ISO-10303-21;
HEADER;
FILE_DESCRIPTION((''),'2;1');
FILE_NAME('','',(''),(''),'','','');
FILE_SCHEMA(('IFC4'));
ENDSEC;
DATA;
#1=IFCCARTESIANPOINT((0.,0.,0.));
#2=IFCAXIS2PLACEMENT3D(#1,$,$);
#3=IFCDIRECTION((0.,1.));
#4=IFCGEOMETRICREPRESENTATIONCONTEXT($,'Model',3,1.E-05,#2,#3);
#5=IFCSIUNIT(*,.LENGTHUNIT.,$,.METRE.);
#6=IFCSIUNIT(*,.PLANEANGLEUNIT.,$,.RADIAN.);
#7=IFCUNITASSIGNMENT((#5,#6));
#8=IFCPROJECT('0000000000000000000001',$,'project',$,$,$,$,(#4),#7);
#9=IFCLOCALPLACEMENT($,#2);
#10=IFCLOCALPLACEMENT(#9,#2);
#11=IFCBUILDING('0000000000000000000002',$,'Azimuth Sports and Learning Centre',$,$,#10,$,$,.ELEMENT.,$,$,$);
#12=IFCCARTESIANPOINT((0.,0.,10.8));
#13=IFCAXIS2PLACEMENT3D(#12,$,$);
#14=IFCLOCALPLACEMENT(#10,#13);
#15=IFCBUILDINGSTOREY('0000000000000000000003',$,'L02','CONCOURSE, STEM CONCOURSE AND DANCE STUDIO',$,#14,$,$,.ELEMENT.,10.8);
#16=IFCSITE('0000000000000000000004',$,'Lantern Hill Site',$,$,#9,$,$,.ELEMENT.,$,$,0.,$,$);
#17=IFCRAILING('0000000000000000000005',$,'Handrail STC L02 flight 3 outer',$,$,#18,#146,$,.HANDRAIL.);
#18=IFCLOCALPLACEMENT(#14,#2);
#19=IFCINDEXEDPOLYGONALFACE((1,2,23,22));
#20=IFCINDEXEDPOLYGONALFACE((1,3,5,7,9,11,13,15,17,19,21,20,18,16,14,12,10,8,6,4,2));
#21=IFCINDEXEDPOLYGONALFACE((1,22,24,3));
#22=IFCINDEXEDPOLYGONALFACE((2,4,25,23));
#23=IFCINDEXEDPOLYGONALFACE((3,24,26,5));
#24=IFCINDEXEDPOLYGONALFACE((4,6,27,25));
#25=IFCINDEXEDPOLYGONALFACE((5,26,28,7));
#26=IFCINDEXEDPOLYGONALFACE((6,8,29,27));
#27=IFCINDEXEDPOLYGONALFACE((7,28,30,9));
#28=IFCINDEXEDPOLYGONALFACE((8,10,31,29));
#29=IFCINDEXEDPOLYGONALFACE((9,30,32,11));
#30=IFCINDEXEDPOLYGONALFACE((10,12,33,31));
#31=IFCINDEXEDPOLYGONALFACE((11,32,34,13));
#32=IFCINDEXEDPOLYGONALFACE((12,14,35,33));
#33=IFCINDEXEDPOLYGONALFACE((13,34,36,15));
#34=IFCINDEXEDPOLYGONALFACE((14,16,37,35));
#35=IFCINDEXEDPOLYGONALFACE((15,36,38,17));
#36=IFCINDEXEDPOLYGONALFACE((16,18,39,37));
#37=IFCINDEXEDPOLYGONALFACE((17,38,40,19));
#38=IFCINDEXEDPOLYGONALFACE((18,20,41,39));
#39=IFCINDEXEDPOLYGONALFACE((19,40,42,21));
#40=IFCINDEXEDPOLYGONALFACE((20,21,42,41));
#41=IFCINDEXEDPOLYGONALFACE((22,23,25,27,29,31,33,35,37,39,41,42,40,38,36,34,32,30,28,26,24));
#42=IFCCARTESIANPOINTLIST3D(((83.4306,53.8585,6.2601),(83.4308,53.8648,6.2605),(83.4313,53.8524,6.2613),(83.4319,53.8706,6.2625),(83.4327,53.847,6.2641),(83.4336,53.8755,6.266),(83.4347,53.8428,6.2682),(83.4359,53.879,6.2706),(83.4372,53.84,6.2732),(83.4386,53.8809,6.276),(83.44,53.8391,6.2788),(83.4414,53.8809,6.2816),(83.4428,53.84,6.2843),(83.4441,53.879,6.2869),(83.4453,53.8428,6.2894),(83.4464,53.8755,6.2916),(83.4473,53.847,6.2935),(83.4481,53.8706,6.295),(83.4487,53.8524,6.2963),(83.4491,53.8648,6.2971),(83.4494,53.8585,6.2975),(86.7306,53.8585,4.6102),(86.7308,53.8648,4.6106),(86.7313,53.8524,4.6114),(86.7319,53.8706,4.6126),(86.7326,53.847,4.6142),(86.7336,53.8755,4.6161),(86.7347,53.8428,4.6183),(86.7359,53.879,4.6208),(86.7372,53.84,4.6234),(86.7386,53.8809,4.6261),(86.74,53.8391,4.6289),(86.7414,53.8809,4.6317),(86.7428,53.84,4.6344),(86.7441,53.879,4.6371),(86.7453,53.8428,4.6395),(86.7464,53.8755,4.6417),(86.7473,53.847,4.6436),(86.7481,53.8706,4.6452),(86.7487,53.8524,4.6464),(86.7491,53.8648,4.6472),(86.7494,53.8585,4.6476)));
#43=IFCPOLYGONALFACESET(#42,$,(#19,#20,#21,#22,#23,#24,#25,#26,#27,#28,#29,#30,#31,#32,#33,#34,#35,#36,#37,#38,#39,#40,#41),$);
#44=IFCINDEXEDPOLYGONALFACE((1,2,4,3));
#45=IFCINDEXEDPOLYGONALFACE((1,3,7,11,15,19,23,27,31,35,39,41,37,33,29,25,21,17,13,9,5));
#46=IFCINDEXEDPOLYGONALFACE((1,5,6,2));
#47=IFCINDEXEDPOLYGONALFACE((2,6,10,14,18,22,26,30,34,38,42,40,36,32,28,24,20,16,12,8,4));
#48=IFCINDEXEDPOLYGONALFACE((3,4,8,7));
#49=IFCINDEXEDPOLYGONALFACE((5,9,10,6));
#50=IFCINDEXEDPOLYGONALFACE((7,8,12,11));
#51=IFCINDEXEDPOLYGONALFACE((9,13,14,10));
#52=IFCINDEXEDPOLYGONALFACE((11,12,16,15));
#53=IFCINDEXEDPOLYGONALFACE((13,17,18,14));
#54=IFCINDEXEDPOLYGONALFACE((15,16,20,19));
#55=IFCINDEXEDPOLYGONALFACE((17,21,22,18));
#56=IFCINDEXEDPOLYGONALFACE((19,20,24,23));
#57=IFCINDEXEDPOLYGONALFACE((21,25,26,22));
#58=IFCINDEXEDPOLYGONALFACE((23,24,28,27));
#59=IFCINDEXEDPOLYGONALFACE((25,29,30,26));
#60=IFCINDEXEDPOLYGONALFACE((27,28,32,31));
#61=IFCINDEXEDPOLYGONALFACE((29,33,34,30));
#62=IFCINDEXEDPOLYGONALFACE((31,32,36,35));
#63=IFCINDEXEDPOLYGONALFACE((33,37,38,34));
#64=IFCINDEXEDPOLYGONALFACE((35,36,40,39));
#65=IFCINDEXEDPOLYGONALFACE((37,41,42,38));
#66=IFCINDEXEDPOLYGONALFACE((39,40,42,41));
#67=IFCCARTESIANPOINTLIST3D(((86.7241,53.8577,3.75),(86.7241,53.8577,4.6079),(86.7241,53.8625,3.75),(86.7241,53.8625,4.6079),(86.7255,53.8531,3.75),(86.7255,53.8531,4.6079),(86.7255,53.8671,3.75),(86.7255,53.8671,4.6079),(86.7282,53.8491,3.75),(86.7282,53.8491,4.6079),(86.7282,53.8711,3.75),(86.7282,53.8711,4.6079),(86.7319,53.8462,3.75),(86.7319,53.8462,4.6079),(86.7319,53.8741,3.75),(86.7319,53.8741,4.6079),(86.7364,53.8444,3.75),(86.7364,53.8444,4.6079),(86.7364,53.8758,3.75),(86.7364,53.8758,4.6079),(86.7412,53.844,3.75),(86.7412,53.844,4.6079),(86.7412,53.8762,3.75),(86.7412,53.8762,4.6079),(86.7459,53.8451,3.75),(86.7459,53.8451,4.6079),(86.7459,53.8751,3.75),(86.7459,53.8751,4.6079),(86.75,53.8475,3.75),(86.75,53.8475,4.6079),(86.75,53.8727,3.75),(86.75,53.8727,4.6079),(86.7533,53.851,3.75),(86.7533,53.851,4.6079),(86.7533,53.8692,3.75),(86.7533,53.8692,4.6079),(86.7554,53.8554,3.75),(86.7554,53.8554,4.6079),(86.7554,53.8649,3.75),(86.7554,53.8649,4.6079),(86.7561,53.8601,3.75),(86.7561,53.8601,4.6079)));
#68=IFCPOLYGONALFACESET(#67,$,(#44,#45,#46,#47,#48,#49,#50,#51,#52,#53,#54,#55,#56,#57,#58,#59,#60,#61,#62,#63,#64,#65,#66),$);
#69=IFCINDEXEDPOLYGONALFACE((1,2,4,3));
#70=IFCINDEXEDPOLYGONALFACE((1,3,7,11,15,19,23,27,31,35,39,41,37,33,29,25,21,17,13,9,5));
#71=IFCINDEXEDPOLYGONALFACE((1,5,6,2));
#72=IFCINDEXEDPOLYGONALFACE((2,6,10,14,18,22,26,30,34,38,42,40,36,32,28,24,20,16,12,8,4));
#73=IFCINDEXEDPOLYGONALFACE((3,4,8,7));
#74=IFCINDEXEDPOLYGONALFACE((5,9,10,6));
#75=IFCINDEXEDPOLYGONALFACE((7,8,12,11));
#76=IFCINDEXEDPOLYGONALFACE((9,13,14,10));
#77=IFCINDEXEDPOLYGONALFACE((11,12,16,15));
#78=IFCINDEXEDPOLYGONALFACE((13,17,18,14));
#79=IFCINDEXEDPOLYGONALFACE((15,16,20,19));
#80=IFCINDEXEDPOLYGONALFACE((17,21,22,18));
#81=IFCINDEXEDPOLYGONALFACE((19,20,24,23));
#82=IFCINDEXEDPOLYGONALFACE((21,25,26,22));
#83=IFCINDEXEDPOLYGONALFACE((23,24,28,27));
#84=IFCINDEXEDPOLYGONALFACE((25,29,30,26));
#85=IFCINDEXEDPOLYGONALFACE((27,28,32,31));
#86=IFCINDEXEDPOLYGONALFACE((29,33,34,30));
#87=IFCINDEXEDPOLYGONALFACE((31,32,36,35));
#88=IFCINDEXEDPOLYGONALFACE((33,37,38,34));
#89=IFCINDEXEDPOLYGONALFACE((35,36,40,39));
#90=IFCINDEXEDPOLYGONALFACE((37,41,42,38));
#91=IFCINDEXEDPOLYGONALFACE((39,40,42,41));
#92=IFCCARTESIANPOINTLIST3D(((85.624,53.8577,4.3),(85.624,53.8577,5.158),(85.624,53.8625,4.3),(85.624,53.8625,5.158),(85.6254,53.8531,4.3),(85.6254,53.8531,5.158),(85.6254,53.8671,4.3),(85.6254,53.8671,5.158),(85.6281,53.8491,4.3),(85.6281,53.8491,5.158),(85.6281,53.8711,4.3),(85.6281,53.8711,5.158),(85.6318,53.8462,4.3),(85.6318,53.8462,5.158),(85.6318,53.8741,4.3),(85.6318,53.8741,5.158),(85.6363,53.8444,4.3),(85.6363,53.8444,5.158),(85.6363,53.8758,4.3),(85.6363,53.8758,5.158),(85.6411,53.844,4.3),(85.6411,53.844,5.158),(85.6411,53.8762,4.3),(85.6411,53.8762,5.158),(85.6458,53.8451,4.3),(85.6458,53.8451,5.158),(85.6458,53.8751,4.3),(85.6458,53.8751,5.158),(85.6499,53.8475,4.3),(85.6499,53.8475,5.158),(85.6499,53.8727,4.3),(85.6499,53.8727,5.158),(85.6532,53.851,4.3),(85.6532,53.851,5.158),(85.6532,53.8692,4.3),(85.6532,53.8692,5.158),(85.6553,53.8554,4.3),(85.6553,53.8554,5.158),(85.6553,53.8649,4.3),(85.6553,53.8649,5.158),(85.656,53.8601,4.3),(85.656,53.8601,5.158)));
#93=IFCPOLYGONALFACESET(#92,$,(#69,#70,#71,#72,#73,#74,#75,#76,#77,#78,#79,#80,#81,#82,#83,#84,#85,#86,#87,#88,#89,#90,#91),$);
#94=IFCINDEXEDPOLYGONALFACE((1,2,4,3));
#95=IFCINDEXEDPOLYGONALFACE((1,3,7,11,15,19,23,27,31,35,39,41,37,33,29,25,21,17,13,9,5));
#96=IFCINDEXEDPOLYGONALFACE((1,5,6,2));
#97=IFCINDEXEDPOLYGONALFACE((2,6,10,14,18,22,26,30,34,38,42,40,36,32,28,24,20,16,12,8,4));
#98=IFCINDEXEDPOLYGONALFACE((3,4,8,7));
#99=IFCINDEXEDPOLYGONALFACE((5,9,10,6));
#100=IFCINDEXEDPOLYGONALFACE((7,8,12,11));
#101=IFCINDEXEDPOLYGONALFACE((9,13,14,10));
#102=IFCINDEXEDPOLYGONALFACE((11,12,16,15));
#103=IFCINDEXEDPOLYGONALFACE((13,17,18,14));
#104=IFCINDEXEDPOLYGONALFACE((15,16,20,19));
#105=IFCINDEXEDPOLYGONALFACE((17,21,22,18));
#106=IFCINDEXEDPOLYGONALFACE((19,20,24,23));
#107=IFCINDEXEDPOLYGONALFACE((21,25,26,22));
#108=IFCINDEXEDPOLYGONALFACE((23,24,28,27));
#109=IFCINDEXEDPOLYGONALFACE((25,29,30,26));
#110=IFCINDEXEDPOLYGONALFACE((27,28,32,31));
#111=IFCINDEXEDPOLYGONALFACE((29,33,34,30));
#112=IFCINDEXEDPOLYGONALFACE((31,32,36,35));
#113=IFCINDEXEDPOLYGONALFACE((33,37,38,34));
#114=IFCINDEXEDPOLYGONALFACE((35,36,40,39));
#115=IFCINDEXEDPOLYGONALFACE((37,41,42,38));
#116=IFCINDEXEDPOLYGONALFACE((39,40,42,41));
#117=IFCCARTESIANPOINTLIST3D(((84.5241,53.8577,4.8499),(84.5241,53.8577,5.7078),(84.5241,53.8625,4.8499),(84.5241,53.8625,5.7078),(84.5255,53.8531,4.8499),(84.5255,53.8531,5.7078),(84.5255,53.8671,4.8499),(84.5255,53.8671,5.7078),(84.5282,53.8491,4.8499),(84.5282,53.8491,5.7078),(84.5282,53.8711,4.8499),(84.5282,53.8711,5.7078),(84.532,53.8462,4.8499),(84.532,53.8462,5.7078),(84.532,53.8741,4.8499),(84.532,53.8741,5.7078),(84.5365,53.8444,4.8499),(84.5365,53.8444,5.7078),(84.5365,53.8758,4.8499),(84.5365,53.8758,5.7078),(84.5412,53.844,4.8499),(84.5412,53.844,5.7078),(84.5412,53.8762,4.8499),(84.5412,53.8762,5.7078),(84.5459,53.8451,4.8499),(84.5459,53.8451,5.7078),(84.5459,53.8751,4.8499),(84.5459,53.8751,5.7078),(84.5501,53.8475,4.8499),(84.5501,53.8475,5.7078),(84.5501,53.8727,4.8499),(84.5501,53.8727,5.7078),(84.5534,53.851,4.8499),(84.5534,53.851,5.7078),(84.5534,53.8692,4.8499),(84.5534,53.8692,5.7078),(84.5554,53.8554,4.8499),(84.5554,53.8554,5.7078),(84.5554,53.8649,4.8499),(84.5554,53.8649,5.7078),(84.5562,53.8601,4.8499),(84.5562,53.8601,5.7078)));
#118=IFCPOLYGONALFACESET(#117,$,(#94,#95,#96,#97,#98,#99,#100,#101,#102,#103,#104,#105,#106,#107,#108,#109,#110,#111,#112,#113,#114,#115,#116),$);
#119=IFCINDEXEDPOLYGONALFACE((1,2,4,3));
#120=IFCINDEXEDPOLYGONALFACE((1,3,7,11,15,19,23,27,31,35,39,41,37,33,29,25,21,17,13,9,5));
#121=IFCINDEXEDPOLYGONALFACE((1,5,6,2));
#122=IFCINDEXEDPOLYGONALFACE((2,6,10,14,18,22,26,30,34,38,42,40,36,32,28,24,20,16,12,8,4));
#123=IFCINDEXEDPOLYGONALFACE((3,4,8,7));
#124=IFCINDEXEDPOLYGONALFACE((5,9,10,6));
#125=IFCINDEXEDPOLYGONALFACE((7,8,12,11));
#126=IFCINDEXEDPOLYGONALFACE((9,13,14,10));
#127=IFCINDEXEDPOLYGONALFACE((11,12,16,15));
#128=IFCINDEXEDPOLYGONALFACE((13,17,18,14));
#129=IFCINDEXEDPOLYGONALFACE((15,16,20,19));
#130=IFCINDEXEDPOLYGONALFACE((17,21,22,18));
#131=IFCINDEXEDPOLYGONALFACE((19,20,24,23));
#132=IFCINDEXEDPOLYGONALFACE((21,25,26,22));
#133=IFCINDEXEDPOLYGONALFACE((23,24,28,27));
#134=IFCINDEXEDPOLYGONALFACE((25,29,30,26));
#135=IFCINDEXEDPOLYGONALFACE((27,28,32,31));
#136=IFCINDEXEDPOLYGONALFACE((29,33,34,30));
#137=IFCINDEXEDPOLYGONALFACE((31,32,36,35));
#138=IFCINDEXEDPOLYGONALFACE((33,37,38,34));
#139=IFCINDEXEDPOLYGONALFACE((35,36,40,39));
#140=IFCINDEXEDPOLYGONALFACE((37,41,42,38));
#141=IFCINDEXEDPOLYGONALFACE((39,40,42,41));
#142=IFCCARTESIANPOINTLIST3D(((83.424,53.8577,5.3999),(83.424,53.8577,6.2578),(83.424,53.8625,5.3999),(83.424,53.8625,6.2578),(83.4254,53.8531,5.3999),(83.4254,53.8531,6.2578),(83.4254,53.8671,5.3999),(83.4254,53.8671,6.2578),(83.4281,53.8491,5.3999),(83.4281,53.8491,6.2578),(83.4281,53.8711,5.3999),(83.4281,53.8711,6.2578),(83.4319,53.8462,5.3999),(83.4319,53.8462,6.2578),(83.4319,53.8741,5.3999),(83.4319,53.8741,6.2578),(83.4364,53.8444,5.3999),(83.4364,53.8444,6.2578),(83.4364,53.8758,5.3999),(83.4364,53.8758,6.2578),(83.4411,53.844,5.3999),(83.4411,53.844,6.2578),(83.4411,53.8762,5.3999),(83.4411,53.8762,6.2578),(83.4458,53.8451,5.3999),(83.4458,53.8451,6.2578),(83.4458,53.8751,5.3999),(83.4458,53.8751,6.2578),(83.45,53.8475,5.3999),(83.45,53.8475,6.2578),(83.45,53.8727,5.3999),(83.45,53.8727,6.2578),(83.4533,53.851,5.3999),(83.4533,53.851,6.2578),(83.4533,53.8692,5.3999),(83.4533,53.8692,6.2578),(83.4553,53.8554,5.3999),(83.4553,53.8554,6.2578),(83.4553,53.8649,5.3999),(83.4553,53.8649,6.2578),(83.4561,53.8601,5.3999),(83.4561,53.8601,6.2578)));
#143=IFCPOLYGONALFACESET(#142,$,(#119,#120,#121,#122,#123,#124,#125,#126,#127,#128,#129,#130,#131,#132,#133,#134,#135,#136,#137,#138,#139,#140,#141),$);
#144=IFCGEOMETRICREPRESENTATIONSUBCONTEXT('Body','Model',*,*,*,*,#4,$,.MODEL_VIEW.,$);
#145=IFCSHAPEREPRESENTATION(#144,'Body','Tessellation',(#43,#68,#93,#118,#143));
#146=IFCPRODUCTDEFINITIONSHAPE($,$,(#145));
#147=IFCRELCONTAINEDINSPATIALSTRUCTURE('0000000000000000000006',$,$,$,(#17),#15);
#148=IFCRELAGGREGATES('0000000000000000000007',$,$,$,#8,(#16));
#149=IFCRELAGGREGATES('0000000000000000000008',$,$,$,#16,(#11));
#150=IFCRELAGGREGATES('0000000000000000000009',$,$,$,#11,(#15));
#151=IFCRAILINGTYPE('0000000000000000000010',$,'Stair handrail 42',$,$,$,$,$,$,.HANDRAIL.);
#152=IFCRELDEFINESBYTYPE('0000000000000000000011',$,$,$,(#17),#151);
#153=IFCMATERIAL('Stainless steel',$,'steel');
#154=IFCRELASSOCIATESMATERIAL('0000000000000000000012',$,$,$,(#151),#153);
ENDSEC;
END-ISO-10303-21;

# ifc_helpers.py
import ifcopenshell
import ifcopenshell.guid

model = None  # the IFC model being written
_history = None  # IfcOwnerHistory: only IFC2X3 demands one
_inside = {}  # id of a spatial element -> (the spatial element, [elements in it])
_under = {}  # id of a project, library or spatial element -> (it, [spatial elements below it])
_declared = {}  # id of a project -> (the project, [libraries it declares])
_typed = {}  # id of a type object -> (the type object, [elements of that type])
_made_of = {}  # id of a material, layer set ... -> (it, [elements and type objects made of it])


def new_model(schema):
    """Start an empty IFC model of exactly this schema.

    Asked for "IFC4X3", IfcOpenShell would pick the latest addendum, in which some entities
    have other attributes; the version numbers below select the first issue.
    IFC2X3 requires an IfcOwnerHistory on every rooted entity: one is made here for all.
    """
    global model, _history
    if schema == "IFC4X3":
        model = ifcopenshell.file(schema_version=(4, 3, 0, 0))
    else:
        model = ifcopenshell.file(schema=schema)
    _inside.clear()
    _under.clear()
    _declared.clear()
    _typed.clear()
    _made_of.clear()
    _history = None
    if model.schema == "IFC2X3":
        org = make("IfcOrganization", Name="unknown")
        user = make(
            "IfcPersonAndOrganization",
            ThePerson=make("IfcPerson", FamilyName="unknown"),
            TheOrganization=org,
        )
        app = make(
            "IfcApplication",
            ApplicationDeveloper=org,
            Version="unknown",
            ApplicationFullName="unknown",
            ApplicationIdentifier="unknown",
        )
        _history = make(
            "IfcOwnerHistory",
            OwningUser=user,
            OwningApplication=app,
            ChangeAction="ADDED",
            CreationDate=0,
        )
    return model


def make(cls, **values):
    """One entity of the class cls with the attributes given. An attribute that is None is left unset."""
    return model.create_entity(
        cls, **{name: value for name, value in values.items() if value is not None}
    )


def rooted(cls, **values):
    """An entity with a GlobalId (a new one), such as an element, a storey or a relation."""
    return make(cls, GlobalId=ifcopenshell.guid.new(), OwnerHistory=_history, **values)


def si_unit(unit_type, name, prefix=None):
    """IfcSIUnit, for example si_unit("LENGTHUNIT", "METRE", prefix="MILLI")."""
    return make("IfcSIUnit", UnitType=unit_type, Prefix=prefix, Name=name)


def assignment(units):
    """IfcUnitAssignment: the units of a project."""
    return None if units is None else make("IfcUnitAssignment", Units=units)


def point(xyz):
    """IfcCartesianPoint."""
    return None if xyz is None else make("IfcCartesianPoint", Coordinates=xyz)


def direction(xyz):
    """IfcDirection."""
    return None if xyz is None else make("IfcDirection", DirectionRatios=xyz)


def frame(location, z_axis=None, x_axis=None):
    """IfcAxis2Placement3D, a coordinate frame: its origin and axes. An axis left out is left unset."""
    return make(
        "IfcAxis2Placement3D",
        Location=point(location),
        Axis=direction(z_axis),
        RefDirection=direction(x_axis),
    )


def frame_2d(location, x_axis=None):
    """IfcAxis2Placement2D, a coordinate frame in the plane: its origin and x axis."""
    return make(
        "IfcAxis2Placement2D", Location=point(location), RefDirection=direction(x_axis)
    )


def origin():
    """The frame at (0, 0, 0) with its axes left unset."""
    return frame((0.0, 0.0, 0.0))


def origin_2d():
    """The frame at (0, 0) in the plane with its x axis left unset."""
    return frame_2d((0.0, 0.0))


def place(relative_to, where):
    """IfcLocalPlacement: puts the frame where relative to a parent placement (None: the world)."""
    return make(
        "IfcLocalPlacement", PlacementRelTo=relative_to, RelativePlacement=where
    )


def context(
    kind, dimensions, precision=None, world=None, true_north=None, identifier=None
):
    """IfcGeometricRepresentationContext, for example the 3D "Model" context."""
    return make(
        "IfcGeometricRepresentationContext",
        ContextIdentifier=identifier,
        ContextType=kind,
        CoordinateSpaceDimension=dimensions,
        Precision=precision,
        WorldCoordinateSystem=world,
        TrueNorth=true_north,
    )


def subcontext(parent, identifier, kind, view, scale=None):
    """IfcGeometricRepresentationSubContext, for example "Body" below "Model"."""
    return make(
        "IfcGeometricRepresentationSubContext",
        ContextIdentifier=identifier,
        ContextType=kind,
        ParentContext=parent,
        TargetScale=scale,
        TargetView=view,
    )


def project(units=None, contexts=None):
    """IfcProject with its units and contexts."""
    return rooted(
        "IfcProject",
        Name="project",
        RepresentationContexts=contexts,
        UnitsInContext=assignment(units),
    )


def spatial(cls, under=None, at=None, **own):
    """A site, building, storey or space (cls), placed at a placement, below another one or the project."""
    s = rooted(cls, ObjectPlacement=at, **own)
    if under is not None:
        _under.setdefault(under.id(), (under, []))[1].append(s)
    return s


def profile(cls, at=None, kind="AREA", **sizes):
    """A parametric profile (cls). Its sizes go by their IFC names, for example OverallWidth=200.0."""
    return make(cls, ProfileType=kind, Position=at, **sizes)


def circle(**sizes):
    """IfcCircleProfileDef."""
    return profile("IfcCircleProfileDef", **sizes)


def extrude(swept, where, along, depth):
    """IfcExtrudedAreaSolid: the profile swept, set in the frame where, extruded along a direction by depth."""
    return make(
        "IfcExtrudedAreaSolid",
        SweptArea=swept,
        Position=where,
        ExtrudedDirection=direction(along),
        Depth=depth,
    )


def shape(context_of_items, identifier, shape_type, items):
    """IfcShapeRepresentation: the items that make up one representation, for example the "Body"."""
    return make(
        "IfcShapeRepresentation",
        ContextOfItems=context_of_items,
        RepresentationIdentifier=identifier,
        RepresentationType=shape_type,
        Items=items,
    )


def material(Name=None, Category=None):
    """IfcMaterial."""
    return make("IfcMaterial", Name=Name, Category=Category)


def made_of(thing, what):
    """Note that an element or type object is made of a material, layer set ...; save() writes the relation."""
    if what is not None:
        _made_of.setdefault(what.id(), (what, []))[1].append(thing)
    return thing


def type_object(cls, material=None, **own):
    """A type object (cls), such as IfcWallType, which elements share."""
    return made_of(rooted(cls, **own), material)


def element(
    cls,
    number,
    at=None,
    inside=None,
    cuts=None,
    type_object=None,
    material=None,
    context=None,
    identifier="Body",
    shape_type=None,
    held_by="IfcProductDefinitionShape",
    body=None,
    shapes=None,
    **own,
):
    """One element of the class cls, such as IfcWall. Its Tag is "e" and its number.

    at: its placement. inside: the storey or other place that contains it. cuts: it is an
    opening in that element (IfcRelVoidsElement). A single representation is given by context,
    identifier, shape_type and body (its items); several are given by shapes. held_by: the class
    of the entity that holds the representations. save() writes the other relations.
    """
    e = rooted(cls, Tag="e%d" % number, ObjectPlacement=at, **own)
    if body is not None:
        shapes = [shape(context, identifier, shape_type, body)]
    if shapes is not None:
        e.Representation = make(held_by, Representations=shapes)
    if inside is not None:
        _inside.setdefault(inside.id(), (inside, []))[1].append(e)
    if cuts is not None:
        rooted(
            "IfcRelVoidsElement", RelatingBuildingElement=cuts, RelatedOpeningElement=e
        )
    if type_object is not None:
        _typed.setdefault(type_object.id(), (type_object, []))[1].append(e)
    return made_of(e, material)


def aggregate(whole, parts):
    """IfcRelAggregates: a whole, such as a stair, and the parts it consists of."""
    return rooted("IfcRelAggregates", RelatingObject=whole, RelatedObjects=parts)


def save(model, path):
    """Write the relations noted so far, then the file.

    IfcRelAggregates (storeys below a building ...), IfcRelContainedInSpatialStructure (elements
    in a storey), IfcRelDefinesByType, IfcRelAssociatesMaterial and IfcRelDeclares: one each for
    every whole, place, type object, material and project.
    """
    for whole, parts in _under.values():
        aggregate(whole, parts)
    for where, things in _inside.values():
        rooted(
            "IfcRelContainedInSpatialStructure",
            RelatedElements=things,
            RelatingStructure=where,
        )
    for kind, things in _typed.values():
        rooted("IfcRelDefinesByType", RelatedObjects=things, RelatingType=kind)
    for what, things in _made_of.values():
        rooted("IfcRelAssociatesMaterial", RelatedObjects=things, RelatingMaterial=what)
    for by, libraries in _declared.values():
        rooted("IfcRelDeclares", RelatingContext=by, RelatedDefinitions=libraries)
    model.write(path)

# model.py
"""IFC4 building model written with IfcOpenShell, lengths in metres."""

from ifc_helpers import new_model, si_unit, direction, frame, origin, origin_2d, place, context, subcontext, project, spatial, circle, extrude, material, type_object, element, save


model = new_model("IFC4")

# Units and contexts
model_context = context("Model", 3, precision=1e-05, world=origin(), true_north=direction((0.0, 1.0)))
body_context = subcontext(model_context, "Body", "Model", "MODEL_VIEW")
ifc_project = project(units=[si_unit("LENGTHUNIT", "METRE"), si_unit("PLANEANGLEUNIT", "RADIAN")], contexts=[model_context])

# Site, building, storey
site_placement = place(None, origin())
site = spatial("IfcSite", under=ifc_project, at=site_placement, Name="Lantern Hill Site", CompositionType="ELEMENT", RefElevation=0.0)
building_placement = place(site_placement, origin())
building = spatial("IfcBuilding", under=site, at=building_placement, Name="Azimuth Sports and Learning Centre", CompositionType="ELEMENT")
storey_placement = place(building_placement, frame((0.0, 0.0, 10.8)))
storey = spatial("IfcBuildingStorey", under=building, at=storey_placement, Name="L02", Description="CONCOURSE, STEM CONCOURSE AND DANCE STUDIO", CompositionType="ELEMENT", Elevation=10.8)

# Railing
ifc_material_1 = material(Name="Stainless steel", Category="steel")
railing_type_1 = type_object("IfcRailingType", Name="Stair handrail 42", PredefinedType="HANDRAIL", material=ifc_material_1)
for number, where, name in (
    (1, (86.74, 53.8601, 3.75), "Handrail STC L02 flight 3 outer"),
):
    element("IfcRailing", number, at=place(storey_placement, frame(where)), inside=storey, type_object=railing_type_1, Name=name, PredefinedType="HANDRAIL", context=body_context, shape_type="SweptSolid", body=[
        extrude(circle(Radius=0.021, at=origin_2d()), frame((0.0, 0.0, 0.8789), z_axis=(-0.89444, 0.0, 0.447187), x_axis=(0.0, -1.0, 0.0)), (0.0, 0.0, 1.0), 3.6895),
        extrude(circle(Radius=0.0161, at=origin_2d()), origin(), (0.0, 0.0, 1.0), 0.8579),
        extrude(circle(Radius=0.0161, at=origin_2d()), frame((-1.1001, 0.0, 0.55)), (0.0, 0.0, 1.0), 0.8579),
        extrude(circle(Radius=0.0161, at=origin_2d()), frame((-2.2, 0.0, 1.0999)), (0.0, 0.0, 1.0), 0.8579),
        extrude(circle(Radius=0.0161, at=origin_2d()), frame((-3.3, 0.0, 1.6499)), (0.0, 0.0, 1.0), 0.8579),
    ])

save(model, "model.ifc")
